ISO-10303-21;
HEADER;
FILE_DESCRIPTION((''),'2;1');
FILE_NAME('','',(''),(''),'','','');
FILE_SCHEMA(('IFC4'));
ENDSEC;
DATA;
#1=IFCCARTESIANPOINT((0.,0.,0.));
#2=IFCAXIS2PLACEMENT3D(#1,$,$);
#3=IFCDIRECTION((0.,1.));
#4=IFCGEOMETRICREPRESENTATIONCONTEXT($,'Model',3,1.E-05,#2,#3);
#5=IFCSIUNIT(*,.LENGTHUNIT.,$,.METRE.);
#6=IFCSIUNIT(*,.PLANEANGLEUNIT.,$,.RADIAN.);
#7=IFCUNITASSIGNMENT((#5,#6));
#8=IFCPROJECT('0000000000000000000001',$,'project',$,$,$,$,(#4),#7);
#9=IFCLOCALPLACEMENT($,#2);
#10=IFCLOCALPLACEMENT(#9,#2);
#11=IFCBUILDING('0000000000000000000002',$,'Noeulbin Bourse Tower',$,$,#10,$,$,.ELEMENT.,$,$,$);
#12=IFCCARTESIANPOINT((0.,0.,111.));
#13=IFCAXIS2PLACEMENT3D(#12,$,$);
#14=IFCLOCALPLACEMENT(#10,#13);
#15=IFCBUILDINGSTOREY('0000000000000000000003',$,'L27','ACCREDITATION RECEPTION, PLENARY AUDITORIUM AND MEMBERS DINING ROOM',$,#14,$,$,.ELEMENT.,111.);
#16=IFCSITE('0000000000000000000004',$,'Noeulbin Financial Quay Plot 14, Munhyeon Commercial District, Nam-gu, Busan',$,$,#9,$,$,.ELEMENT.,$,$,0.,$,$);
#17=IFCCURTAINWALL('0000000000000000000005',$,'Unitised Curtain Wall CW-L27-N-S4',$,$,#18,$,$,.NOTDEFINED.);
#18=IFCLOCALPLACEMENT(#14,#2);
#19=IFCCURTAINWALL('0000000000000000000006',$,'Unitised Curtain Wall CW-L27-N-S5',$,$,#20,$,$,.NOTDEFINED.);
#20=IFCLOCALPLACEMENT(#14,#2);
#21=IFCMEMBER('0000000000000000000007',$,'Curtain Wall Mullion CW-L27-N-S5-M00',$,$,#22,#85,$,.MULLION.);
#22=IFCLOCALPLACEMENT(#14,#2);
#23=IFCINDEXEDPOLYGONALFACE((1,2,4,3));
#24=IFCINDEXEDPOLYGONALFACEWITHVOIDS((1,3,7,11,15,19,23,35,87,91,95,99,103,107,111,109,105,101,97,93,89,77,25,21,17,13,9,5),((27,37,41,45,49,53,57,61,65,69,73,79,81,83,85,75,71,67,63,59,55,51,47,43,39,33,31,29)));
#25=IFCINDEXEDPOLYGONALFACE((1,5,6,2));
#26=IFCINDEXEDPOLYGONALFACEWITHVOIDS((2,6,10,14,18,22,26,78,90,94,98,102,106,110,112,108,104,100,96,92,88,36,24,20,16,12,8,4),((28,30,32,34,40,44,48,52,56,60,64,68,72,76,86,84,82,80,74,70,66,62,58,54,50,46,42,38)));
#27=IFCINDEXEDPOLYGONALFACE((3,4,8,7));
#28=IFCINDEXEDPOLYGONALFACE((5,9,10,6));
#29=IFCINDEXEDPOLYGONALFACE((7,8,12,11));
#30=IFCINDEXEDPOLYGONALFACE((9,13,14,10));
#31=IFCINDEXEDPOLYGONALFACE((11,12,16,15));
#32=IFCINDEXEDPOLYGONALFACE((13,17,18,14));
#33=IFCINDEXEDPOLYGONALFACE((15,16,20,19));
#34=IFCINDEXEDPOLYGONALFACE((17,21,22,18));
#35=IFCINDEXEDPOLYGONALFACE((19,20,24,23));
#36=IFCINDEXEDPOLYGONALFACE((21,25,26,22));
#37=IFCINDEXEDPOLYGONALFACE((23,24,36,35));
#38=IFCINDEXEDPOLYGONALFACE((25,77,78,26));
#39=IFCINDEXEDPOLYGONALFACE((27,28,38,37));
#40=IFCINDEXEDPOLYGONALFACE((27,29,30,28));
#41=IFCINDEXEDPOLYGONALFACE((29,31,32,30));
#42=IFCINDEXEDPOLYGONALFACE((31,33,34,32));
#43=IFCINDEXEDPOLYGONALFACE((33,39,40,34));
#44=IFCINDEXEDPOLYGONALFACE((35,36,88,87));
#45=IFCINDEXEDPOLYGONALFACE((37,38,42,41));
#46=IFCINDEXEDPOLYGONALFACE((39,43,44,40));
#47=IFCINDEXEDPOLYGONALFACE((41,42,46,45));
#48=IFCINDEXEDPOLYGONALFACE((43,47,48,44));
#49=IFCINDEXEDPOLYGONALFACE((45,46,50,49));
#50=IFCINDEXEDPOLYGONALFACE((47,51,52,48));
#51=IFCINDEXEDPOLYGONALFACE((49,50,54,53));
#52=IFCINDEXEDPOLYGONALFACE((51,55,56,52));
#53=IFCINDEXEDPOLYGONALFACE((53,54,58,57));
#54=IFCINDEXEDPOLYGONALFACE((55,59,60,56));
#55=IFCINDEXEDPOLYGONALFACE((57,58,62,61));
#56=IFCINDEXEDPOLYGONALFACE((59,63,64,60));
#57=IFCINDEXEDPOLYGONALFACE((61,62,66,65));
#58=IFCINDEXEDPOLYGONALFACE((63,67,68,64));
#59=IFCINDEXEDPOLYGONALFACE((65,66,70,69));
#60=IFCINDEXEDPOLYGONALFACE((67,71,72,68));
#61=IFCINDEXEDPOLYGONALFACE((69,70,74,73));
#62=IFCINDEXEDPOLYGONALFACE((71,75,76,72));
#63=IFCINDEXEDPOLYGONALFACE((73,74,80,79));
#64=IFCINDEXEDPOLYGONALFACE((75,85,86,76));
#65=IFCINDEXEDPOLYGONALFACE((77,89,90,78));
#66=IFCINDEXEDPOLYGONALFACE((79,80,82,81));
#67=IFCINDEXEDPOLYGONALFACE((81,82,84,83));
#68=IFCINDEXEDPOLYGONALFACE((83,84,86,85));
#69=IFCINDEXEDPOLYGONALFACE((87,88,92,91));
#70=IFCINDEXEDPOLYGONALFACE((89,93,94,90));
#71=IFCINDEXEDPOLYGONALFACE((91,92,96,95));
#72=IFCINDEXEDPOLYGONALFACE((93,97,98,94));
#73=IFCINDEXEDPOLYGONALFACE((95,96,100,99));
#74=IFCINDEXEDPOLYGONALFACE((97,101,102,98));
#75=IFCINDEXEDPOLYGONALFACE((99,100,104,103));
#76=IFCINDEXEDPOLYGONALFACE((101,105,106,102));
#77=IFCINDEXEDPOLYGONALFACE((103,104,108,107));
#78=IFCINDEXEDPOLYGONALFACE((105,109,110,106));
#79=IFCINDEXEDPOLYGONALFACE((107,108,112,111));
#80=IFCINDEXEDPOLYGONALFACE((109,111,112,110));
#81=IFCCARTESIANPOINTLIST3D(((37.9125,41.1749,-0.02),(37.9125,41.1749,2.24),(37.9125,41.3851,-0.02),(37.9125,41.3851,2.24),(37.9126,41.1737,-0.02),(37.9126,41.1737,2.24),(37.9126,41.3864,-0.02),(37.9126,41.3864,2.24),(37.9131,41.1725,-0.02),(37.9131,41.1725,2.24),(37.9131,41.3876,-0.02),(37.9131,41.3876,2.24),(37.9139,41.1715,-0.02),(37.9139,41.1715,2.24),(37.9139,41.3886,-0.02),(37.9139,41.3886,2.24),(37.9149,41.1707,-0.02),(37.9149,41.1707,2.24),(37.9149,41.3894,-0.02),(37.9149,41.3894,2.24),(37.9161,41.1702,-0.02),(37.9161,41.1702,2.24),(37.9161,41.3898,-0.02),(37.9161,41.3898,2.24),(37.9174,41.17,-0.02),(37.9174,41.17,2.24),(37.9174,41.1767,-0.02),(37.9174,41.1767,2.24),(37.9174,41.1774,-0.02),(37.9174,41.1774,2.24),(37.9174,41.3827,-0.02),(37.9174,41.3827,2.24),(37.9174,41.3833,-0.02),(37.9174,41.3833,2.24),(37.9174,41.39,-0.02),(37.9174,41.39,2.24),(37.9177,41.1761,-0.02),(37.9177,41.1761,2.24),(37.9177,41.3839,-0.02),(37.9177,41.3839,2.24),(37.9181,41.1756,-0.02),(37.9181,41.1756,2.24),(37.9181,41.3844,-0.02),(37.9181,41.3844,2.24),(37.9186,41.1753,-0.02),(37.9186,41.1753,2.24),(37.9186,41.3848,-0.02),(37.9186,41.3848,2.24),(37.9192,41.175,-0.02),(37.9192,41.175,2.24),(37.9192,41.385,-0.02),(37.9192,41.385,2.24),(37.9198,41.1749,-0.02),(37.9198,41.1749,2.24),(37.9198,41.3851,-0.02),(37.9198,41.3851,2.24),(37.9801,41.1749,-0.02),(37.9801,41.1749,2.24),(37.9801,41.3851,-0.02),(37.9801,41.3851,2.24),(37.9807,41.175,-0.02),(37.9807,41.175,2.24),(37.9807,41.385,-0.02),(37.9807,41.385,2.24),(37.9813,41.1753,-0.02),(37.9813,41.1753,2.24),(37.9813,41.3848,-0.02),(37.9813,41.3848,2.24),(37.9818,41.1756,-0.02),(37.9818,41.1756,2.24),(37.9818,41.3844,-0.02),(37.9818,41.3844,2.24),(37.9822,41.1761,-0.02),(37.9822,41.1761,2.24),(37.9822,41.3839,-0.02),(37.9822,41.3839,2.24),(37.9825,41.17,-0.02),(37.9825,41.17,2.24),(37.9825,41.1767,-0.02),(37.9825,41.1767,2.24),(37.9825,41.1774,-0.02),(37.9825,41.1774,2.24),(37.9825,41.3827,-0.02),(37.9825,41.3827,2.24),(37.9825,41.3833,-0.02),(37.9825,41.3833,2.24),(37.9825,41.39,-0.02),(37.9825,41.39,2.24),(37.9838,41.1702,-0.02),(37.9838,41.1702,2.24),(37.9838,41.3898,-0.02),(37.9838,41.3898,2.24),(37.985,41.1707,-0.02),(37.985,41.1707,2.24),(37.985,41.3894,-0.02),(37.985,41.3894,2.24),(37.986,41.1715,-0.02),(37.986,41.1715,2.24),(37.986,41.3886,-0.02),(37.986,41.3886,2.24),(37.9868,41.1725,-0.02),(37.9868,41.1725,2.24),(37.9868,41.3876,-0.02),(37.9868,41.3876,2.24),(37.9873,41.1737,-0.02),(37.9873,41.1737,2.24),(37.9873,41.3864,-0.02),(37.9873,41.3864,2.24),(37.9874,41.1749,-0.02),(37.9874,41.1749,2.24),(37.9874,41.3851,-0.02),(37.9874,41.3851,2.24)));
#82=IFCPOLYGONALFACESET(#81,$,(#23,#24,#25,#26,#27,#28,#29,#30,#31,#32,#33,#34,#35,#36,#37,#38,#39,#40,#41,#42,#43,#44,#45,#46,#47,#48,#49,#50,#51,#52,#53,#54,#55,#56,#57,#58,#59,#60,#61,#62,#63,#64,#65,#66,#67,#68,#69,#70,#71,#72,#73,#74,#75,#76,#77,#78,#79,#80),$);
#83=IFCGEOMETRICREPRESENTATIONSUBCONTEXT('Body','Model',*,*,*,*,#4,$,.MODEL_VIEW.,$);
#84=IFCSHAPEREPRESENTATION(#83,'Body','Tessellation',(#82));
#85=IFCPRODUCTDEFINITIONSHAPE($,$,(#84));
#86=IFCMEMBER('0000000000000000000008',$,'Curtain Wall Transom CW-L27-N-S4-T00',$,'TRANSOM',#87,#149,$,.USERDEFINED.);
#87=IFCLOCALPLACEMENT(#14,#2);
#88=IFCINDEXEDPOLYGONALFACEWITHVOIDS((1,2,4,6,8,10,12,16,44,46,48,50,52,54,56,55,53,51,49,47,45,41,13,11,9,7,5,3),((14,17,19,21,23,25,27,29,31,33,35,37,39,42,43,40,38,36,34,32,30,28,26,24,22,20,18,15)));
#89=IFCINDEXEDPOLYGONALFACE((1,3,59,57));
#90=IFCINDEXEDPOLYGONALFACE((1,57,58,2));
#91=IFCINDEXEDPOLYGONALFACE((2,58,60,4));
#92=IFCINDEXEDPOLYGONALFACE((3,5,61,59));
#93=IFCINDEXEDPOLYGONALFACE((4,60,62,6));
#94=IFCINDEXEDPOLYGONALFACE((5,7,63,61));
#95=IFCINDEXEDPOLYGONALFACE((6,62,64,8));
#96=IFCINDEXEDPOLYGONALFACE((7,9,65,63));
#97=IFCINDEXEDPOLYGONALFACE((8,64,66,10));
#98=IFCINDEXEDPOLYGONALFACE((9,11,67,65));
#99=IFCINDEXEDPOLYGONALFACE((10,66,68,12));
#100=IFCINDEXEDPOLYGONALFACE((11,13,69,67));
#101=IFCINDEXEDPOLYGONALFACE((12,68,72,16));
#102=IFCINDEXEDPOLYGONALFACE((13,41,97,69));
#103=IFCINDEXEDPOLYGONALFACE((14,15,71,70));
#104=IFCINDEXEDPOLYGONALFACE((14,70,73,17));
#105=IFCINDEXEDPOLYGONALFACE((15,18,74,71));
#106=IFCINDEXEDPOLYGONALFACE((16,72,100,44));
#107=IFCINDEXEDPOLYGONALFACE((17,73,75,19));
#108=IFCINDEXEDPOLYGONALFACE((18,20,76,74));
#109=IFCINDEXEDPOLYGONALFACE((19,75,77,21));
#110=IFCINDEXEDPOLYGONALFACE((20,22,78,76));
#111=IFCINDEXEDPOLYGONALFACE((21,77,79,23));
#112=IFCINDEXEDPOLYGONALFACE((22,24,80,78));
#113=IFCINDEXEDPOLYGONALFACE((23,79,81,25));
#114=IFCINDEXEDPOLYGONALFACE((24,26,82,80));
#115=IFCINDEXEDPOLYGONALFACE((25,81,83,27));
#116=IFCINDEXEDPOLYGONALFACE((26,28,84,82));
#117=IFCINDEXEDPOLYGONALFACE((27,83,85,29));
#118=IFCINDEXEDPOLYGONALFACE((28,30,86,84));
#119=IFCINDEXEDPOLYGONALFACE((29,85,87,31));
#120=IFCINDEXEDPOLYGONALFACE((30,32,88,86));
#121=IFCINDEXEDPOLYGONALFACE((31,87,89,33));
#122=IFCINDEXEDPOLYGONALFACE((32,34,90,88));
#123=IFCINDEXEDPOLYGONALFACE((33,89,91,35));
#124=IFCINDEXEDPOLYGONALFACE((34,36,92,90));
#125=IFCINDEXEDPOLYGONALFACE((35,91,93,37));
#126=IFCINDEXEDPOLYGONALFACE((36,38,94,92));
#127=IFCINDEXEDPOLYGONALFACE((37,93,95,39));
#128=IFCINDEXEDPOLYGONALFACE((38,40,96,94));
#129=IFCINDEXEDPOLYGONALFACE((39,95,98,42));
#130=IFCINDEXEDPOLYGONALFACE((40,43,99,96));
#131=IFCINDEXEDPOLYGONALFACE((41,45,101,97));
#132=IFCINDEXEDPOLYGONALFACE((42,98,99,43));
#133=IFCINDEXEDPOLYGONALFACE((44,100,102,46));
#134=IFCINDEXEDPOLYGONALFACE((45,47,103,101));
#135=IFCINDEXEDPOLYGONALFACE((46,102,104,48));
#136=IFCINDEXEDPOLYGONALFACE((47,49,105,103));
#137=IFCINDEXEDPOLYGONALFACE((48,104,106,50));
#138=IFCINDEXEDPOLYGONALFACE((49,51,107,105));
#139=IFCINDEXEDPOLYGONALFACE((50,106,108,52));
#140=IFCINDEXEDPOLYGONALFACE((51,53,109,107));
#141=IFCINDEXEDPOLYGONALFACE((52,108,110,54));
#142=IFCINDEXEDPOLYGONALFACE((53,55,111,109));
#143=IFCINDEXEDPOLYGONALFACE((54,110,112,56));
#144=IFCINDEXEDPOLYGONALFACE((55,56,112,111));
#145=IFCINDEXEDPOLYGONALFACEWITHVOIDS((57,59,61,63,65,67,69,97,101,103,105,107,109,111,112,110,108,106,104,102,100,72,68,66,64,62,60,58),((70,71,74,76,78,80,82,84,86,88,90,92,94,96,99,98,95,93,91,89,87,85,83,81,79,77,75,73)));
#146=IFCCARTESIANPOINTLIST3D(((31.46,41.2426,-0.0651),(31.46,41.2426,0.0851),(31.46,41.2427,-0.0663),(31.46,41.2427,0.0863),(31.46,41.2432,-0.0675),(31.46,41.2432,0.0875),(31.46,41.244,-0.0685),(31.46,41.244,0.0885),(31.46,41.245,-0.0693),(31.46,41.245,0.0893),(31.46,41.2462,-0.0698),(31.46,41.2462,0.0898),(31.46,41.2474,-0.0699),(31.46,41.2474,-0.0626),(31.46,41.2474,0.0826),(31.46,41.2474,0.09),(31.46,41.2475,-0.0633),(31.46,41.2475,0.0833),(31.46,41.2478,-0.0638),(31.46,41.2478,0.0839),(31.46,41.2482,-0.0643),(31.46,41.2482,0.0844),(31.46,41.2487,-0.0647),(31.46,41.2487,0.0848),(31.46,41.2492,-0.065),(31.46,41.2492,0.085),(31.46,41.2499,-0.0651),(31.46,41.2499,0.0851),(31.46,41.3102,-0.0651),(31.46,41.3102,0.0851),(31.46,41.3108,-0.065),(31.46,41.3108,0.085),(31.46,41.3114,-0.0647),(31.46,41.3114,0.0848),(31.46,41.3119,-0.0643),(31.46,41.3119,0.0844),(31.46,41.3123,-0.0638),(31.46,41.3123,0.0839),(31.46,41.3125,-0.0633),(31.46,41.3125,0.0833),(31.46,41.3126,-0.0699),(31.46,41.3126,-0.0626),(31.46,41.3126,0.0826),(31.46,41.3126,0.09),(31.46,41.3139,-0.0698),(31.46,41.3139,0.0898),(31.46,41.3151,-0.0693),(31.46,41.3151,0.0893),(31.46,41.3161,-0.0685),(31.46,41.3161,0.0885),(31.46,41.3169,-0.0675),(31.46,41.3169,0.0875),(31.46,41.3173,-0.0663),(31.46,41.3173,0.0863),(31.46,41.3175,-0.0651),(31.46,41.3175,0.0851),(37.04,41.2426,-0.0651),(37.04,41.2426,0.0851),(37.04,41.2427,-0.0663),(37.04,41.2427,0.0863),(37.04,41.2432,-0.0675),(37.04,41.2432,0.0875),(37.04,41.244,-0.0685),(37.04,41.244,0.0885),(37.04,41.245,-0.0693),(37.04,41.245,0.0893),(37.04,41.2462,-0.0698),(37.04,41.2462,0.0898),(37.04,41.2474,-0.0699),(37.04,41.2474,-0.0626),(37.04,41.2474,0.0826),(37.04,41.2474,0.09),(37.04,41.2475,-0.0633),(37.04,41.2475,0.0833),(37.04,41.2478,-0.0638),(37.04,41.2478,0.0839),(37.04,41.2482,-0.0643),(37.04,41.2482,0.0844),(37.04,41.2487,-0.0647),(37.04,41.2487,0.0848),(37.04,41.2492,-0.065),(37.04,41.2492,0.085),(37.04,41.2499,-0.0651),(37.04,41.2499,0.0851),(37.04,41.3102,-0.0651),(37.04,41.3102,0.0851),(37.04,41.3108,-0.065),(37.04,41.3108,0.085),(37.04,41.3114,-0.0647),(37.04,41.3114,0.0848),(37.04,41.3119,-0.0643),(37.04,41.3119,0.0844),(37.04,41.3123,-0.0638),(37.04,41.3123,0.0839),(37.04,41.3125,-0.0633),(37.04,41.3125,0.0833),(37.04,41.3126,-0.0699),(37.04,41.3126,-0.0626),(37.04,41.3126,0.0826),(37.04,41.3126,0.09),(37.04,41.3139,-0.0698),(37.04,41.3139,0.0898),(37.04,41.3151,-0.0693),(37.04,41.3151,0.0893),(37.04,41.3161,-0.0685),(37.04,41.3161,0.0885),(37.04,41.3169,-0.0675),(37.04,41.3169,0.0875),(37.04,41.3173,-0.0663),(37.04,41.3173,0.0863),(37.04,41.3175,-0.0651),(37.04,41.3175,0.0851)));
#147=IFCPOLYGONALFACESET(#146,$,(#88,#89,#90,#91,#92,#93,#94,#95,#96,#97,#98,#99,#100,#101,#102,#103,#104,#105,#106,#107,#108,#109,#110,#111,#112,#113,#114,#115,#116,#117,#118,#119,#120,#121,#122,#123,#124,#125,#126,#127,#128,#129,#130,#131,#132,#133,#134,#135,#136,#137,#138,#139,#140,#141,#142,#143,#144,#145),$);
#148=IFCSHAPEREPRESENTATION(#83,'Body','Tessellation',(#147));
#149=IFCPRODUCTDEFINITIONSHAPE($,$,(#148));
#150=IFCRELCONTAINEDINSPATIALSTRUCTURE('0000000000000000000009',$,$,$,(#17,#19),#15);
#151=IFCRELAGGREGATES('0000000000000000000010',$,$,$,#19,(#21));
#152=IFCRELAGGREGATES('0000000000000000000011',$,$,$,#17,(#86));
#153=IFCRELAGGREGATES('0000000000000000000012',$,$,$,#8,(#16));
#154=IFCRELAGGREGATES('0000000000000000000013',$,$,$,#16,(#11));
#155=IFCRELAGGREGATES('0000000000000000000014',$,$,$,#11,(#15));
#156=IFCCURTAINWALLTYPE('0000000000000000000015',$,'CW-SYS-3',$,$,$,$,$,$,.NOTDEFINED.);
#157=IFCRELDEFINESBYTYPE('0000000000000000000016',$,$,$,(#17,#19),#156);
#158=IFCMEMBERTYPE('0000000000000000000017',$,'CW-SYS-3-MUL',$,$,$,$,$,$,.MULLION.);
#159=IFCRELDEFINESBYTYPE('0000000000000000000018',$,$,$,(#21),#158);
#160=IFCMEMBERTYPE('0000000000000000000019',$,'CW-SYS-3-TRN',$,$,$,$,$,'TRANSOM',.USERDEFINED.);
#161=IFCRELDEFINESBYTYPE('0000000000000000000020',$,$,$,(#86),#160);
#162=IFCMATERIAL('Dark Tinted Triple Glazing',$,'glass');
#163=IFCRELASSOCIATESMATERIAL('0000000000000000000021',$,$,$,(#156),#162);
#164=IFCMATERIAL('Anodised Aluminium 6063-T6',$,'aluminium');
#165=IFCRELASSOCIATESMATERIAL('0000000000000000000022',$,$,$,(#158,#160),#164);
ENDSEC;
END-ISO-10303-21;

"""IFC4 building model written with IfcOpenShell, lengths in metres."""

from ifc_helpers import new_model, si_unit, direction, frame, origin, origin_2d, place, context, subcontext, project, spatial, hollow_rectangle, extrude, material, material_profile, profile_set, type_object, element, aggregate, save


model = new_model("IFC4")

# Units and contexts
model_context = context("Model", 3, precision=1e-05, world=origin(), true_north=direction((0.0, 1.0)))
body_context = subcontext(model_context, "Body", "Model", "MODEL_VIEW")
ifc_project = project(units=[si_unit("LENGTHUNIT", "METRE"), si_unit("PLANEANGLEUNIT", "RADIAN")], contexts=[model_context])

# Site, building, storey
site_placement = place(None, origin())
site = spatial("IfcSite", under=ifc_project, at=site_placement, Name="Noeulbin Financial Quay Plot 14, Munhyeon Commercial District, Nam-gu, Busan", CompositionType="ELEMENT", RefElevation=0.0)
building_placement = place(site_placement, origin())
building = spatial("IfcBuilding", under=site, at=building_placement, Name="Noeulbin Bourse Tower", CompositionType="ELEMENT")
storey_placement = place(building_placement, frame((0.0, 0.0, 111.0)))
storey = spatial("IfcBuildingStorey", under=building, at=storey_placement, Name="L27", Description="ACCREDITATION RECEPTION, PLENARY AUDITORIUM AND MEMBERS DINING ROOM", CompositionType="ELEMENT", Elevation=111.0)

# Shared definitions
ifc_material_1 = material(Name="Dark Tinted Triple Glazing", Category="glass")
curtain_wall_type = type_object("IfcCurtainWallType", Name="CW-SYS-3", PredefinedType="NOTDEFINED", material=ifc_material_1)
ifc_material_2 = material(Name="Anodised Aluminium 6063-T6", Category="aluminium")
ifc_material_profile_1 = material_profile(ifc_material_2, hollow_rectangle(XDim=0.075, YDim=0.22, WallThickness=0.0049, InnerFilletRadius=0.0024, OuterFilletRadius=0.0049, at=origin_2d()), Name="ALU-MULL-75x220x5", Category="LoadBearing")
ifc_profile_set_1 = profile_set([ifc_material_profile_1], Name="Anodised Aluminium 6063-T6")
member_type_1 = type_object("IfcMemberType", Name="CW-SYS-3-MUL", PredefinedType="MULLION", material=ifc_profile_set_1)

# Curtain wall
curtain_wall_1_placement = place(storey_placement, origin())
curtain_wall_1 = element("IfcCurtainWall", 1, at=curtain_wall_1_placement, inside=storey, type_object=curtain_wall_type, Name="Unitised Curtain Wall CW-L27-N-S4", PredefinedType="NOTDEFINED")

# Curtain wall, member
curtain_wall_2_placement = place(storey_placement, origin())
curtain_wall_2 = element("IfcCurtainWall", 2, at=curtain_wall_2_placement, inside=storey, type_object=curtain_wall_type, Name="Unitised Curtain Wall CW-L27-N-S5", PredefinedType="NOTDEFINED")
member_1_placement = place(storey_placement, frame((37.95, 41.28, -0.02), z_axis=(0.0, 0.0, 1.0), x_axis=(1.0, 0.0, 0.0)))
member_1 = element("IfcMember", 3, at=member_1_placement, type_object=member_type_1, Name="Curtain Wall Mullion CW-L27-N-S5-M00", PredefinedType="MULLION", context=body_context, shape_type="SweptSolid", body=[
    extrude(hollow_rectangle(XDim=0.075, YDim=0.22, WallThickness=0.0049, InnerFilletRadius=0.0024, OuterFilletRadius=0.0049, at=origin_2d()), origin(), (0.0, 0.0, 1.0), 2.26),
])

# Member
ifc_material_profile_2 = material_profile(ifc_material_2, hollow_rectangle(XDim=0.075, YDim=0.1599, WallThickness=0.0049, InnerFilletRadius=0.0024, OuterFilletRadius=0.0049, at=origin_2d()), Name="ALU-TRAN-75x160x5", Category="LoadBearing")
ifc_profile_set_2 = profile_set([ifc_material_profile_2], Name="Anodised Aluminium 6063-T6")
member_type_2 = type_object("IfcMemberType", Name="CW-SYS-3-TRN", ElementType="TRANSOM", PredefinedType="USERDEFINED", material=ifc_profile_set_2)
member_2_placement = place(storey_placement, frame((31.46, 41.28, 0.01), z_axis=(1.0, 0.0, 0.0), x_axis=(0.0, 1.0, 0.0)))
member_2 = element("IfcMember", 4, at=member_2_placement, type_object=member_type_2, Name="Curtain Wall Transom CW-L27-N-S4-T00", ObjectType="TRANSOM", PredefinedType="USERDEFINED", context=body_context, shape_type="SweptSolid", body=[
    extrude(hollow_rectangle(XDim=0.075, YDim=0.1599, WallThickness=0.0049, InnerFilletRadius=0.0024, OuterFilletRadius=0.0049, at=origin_2d()), origin(), (0.0, 0.0, 1.0), 5.5801),
])
aggregate(curtain_wall_2, [member_1])

aggregate(curtain_wall_1, [member_2])

save(model, "model.ifc")
